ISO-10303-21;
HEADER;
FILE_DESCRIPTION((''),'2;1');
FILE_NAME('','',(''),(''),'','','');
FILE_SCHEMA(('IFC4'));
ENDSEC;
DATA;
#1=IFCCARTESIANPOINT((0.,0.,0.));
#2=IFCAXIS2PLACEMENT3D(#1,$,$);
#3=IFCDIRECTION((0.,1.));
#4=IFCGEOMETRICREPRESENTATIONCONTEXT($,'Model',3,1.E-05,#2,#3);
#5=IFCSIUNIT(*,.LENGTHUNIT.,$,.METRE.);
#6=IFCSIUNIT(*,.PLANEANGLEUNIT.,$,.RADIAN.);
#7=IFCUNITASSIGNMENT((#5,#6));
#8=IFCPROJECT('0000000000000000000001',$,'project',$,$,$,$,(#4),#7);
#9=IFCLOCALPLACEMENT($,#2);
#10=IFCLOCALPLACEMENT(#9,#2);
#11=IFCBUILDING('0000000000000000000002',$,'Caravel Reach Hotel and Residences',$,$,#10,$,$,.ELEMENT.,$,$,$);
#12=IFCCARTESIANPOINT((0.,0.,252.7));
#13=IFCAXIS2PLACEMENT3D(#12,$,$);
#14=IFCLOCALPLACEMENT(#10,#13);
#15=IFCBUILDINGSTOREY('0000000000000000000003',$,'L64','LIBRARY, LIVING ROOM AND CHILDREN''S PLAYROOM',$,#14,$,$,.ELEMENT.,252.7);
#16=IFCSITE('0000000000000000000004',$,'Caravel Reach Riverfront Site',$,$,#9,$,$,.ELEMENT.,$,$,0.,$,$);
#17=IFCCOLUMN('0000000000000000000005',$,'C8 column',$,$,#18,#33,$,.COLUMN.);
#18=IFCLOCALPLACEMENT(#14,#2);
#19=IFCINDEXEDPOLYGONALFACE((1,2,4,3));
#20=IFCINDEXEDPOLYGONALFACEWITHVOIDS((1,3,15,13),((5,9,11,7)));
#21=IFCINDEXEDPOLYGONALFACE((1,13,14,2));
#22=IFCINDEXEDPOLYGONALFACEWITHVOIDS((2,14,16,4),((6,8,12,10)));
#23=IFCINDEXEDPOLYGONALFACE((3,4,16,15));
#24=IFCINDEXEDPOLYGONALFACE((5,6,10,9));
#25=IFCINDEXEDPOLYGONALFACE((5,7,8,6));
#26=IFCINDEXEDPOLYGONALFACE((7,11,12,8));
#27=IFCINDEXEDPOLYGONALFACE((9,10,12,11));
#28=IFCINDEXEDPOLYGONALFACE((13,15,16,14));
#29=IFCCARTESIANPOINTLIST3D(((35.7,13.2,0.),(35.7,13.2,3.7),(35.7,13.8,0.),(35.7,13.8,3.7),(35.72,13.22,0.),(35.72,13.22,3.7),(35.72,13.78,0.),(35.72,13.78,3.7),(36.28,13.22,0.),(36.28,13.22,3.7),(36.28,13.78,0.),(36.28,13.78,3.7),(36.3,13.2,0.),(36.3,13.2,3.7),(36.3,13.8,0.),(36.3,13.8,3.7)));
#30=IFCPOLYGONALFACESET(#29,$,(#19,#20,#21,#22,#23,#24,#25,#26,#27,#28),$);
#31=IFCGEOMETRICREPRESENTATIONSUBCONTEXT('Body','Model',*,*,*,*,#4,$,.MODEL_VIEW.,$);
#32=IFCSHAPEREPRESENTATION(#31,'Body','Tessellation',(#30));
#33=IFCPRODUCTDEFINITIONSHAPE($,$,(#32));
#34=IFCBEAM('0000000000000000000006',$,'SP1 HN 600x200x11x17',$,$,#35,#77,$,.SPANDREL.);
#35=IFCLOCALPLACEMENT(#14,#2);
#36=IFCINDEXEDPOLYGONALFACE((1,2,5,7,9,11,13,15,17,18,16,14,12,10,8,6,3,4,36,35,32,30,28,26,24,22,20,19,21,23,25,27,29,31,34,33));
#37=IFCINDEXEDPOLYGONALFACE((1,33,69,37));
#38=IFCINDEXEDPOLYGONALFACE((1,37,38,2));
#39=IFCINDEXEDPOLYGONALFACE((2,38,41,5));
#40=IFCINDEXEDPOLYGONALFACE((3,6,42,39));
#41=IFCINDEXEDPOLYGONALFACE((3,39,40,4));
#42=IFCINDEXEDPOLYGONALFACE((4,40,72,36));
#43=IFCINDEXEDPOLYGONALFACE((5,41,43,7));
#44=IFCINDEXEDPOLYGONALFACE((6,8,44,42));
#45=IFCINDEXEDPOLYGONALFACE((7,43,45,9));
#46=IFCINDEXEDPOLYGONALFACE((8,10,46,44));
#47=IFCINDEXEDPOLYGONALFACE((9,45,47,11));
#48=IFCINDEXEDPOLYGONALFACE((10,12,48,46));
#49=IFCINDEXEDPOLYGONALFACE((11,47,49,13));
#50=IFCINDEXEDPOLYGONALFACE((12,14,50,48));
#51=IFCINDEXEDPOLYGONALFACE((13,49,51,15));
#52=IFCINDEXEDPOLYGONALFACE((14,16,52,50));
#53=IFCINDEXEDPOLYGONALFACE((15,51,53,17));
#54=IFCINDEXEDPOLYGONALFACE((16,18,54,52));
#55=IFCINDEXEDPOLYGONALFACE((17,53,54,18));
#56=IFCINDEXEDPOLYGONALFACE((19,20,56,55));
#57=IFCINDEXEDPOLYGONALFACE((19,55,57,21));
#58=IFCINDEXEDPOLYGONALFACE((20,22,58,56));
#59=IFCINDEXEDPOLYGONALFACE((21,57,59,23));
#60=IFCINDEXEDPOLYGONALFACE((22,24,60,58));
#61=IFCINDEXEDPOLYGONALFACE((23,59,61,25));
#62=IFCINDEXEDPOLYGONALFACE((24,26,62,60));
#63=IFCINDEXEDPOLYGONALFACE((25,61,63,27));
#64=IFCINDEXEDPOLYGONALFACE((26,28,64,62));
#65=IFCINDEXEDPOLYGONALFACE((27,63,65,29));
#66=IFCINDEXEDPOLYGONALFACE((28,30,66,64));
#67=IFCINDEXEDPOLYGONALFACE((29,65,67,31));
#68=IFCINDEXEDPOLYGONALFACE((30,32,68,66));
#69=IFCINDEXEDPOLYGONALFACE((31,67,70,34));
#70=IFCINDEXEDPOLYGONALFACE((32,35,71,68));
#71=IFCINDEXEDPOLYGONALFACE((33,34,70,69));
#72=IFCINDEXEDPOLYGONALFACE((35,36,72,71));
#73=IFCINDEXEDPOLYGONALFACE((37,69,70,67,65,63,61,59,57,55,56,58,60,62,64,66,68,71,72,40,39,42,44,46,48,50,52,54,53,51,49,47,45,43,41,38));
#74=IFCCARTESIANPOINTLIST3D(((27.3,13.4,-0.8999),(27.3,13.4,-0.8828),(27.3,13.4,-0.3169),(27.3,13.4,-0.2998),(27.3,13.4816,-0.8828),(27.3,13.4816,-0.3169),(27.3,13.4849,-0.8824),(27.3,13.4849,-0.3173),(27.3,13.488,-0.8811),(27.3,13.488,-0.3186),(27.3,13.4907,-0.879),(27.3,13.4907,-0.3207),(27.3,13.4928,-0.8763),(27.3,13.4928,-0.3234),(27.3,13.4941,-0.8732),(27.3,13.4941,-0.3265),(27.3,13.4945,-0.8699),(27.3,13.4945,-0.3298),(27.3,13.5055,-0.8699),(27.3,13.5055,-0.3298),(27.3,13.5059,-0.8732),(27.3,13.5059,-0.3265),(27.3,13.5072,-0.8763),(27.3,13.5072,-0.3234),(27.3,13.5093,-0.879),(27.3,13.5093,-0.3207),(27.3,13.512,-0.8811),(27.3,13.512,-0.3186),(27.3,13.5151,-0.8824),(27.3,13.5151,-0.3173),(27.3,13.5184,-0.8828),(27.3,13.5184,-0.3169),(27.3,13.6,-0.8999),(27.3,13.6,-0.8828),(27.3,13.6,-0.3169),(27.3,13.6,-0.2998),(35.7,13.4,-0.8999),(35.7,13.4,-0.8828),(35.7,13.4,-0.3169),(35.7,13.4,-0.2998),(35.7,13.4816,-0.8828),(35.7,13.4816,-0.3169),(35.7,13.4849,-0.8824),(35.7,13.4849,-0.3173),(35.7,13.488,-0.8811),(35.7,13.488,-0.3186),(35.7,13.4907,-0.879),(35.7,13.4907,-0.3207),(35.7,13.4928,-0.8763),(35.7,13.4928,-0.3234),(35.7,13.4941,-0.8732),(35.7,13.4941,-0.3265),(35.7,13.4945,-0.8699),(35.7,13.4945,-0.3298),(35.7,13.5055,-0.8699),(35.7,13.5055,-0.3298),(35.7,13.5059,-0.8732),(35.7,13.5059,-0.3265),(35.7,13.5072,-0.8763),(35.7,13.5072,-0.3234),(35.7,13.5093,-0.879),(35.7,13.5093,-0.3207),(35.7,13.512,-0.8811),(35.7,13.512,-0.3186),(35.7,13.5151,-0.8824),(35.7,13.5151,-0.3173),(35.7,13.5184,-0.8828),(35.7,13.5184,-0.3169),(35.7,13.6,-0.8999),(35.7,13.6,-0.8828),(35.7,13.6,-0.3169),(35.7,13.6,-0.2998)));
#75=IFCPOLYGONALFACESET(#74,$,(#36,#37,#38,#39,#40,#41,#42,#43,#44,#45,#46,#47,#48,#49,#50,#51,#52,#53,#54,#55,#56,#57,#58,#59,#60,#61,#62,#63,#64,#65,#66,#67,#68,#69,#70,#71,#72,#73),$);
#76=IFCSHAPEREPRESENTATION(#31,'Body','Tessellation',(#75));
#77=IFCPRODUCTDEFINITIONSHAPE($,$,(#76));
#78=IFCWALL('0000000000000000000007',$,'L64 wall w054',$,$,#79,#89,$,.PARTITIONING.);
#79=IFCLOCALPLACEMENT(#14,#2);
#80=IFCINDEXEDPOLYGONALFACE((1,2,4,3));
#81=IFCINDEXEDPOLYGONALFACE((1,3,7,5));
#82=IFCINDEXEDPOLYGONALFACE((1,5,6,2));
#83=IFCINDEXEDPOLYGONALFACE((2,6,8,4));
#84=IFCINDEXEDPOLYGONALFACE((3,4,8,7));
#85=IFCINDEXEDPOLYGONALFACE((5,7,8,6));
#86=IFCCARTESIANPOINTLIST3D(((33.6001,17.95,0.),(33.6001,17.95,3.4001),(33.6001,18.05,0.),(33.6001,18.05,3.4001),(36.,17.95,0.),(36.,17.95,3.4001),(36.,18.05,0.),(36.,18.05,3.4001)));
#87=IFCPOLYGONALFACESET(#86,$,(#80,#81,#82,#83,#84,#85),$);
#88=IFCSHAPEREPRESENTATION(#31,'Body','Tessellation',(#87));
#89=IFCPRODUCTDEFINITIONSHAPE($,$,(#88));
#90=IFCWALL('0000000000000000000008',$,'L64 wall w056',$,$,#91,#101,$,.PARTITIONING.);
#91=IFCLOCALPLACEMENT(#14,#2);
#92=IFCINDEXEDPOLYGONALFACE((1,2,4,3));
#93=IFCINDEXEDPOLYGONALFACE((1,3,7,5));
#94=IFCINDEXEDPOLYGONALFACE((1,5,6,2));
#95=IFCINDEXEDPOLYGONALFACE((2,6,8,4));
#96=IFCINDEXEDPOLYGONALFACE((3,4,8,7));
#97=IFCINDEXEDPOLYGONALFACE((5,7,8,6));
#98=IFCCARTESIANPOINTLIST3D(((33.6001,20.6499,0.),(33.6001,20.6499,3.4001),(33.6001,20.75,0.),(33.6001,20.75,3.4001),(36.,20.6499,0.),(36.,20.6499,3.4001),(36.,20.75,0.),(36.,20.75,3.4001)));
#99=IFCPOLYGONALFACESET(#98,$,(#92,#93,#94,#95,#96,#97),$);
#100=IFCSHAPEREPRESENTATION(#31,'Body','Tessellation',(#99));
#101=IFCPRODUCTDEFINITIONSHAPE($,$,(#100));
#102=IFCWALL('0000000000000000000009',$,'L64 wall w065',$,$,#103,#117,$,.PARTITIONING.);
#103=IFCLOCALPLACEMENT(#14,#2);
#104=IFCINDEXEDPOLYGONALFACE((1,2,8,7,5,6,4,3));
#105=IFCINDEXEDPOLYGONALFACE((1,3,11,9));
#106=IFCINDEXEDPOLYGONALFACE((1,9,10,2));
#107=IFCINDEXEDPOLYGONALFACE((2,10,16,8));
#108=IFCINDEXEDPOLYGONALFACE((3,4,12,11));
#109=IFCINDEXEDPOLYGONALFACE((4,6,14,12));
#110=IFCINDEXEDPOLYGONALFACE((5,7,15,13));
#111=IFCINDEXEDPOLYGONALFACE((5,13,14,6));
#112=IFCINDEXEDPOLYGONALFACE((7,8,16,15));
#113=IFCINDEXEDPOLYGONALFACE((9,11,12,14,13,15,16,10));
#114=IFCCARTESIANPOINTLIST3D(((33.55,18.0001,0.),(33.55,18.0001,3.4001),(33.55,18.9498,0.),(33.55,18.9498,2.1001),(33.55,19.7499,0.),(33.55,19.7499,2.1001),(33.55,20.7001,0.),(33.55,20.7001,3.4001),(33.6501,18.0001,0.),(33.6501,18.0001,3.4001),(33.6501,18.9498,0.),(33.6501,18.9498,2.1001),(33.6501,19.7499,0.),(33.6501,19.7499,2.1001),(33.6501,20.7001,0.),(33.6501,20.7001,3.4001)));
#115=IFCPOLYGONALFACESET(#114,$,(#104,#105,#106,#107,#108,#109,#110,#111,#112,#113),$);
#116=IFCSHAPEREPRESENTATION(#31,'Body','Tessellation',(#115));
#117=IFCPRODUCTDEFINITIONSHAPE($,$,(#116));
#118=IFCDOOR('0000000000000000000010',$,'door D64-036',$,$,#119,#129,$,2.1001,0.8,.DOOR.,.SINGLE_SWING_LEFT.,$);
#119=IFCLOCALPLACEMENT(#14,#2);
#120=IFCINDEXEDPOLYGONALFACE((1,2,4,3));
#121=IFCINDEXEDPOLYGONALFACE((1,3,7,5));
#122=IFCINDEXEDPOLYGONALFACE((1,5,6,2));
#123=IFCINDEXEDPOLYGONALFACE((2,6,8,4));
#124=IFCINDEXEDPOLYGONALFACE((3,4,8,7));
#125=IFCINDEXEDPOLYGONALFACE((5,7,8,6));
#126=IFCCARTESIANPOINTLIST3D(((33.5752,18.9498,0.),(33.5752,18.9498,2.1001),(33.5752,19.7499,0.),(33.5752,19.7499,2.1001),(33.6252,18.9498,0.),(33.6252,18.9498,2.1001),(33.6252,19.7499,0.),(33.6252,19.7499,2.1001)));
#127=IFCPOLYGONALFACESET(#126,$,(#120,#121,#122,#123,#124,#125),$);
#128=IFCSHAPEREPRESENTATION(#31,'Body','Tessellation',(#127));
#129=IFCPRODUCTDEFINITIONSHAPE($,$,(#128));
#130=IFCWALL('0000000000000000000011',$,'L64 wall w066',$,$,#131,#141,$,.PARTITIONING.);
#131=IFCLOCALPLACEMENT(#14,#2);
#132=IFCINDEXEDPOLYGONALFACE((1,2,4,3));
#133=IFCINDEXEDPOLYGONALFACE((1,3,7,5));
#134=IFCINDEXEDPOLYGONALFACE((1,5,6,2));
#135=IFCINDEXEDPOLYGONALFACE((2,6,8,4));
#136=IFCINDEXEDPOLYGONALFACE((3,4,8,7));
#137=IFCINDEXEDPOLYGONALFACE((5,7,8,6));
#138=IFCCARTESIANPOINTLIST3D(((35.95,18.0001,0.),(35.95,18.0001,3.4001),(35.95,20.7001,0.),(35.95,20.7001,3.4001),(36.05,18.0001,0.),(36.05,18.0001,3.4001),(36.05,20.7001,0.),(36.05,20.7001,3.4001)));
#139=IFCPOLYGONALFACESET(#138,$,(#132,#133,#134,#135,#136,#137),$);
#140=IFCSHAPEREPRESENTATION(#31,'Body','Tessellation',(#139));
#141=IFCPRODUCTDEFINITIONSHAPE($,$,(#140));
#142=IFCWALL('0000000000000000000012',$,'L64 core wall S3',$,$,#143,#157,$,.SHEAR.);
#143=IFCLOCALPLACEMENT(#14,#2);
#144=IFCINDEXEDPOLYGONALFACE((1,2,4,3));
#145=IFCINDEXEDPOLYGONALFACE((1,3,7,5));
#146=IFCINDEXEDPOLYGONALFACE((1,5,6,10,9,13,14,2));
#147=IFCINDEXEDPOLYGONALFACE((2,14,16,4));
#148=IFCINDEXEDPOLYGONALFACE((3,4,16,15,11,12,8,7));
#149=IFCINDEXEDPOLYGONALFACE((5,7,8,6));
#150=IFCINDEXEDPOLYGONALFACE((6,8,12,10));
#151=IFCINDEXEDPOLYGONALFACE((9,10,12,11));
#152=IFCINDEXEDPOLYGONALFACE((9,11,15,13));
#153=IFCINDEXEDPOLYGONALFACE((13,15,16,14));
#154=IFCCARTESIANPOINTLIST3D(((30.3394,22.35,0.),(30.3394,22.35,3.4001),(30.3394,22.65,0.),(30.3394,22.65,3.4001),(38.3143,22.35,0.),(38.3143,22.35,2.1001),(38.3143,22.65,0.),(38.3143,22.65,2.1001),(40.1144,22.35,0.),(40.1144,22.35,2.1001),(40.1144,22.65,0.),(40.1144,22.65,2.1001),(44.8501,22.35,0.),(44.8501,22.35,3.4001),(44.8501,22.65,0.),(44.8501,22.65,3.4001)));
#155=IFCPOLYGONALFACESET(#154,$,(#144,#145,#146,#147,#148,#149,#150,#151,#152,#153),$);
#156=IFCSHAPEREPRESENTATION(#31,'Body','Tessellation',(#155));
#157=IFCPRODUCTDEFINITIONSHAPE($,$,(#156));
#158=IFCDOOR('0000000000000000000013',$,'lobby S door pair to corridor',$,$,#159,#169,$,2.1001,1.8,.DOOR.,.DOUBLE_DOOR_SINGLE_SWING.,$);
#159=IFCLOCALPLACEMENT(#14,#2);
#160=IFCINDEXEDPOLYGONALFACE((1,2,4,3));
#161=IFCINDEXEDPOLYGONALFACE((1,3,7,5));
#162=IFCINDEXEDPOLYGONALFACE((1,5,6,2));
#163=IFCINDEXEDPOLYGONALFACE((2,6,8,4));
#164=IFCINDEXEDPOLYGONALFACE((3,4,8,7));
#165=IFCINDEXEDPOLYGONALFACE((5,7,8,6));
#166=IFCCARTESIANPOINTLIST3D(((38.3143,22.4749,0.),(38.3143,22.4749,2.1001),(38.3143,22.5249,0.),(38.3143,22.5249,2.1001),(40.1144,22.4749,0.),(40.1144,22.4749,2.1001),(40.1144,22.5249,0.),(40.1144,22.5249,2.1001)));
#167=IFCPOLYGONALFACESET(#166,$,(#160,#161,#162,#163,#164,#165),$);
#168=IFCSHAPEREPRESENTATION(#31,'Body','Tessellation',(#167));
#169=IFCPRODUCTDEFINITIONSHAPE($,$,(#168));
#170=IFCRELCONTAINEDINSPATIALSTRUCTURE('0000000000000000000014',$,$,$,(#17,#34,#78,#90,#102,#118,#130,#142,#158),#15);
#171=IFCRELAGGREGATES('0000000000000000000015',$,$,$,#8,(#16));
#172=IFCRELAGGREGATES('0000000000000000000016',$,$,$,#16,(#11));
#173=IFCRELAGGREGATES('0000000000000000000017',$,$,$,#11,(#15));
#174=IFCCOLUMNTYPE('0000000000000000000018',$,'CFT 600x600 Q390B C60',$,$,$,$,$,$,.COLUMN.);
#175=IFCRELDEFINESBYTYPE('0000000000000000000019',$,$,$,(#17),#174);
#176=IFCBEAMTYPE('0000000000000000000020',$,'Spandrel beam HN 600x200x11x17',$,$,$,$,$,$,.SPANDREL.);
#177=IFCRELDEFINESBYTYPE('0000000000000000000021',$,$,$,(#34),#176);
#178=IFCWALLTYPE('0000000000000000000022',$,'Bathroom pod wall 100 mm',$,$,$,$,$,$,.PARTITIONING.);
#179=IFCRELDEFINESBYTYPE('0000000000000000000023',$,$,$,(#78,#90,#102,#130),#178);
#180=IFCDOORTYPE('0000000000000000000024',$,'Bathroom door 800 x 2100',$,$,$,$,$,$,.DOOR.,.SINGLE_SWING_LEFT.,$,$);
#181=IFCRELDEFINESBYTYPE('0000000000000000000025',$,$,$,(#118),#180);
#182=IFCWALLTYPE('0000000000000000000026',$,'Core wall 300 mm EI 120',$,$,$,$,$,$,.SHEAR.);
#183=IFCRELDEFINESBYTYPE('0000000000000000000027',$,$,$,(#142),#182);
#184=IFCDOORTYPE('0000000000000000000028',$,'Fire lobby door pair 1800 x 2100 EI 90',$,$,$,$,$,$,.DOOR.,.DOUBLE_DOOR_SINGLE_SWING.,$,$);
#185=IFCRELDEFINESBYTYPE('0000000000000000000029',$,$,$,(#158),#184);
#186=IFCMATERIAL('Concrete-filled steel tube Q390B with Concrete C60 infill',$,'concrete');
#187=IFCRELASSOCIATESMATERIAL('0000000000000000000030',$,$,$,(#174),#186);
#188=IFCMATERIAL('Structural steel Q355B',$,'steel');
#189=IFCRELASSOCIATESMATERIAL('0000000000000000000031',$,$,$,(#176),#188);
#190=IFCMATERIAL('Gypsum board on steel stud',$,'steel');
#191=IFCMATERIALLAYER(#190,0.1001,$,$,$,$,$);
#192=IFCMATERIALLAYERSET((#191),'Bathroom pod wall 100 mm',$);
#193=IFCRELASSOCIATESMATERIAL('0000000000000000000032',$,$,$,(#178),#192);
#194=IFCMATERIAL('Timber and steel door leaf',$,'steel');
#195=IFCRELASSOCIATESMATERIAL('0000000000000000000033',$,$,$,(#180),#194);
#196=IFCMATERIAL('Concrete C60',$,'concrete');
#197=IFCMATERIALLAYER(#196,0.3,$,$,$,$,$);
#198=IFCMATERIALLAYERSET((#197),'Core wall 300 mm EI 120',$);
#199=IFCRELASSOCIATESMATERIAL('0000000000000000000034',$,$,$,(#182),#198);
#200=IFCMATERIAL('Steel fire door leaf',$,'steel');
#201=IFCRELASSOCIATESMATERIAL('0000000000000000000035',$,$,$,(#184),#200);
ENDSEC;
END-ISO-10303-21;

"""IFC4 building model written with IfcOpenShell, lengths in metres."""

from ifc_helpers import new_model, si_unit, direction, frame, frame_2d, origin, origin_2d, place, context, subcontext, project, spatial, rectangle, hollow_rectangle, i_section, extrude, material, layer, layer_set, material_profile, profile_set, type_object, element, fill, save


model = new_model("IFC4")

# Units and contexts
model_context = context("Model", 3, precision=1e-05, world=origin(), true_north=direction((0.0, 1.0)))
body_context = subcontext(model_context, "Body", "Model", "MODEL_VIEW")
ifc_project = project(units=[si_unit("LENGTHUNIT", "METRE"), si_unit("PLANEANGLEUNIT", "RADIAN")], contexts=[model_context])

# Site, building, storey
site_placement = place(None, origin())
site = spatial("IfcSite", under=ifc_project, at=site_placement, Name="Caravel Reach Riverfront Site", CompositionType="ELEMENT", RefElevation=0.0)
building_placement = place(site_placement, origin())
building = spatial("IfcBuilding", under=site, at=building_placement, Name="Caravel Reach Hotel and Residences", CompositionType="ELEMENT")
storey_placement = place(building_placement, frame((0.0, 0.0, 252.7)))
storey = spatial("IfcBuildingStorey", under=building, at=storey_placement, Name="L64", Description="LIBRARY, LIVING ROOM AND CHILDREN'S PLAYROOM", CompositionType="ELEMENT", Elevation=252.7)

# Column
ifc_material_1 = material(Name="Concrete-filled steel tube Q390B with Concrete C60 infill", Category="concrete")
ifc_material_profile_1 = material_profile(ifc_material_1, hollow_rectangle(XDim=0.6001, YDim=0.6001, WallThickness=0.02, at=origin_2d()), Name="RHS 600x600x20")
ifc_profile_set_1 = profile_set([ifc_material_profile_1], Name="Concrete-filled steel tube Q390B with Concrete C60 infill")
column_type = type_object("IfcColumnType", Name="CFT 600x600 Q390B C60", PredefinedType="COLUMN", material=ifc_profile_set_1)
column_placement = place(storey_placement, frame((36.0, 13.5, 0.0), z_axis=(0.0, 0.0, 1.0), x_axis=(1.0, 0.0, 0.0)))
element("IfcColumn", 1, at=column_placement, inside=storey, type_object=column_type, Name="C8 column", PredefinedType="COLUMN", context=body_context, shape_type="SweptSolid", body=[
    extrude(hollow_rectangle(XDim=0.6001, YDim=0.6001, WallThickness=0.02, at=origin_2d()), origin(), (0.0, 0.0, 1.0), 3.7),
])

# Beam
ifc_material_2 = material(Name="Structural steel Q355B", Category="steel")
ifc_material_profile_2 = material_profile(ifc_material_2, i_section(OverallWidth=0.2, OverallDepth=0.6001, WebThickness=0.011, FlangeThickness=0.0171, FilletRadius=0.0129, at=origin_2d()), Name="HN 600x200x11x17")
ifc_profile_set_2 = profile_set([ifc_material_profile_2], Name="Structural steel Q355B")
beam_type = type_object("IfcBeamType", Name="Spandrel beam HN 600x200x11x17", PredefinedType="SPANDREL", material=ifc_profile_set_2)
beam_placement = place(storey_placement, frame((27.3, 13.5, -0.5999), z_axis=(1.0, 0.0, 0.0), x_axis=(0.0, 1.0, 0.0)))
element("IfcBeam", 2, at=beam_placement, inside=storey, type_object=beam_type, Name="SP1 HN 600x200x11x17", PredefinedType="SPANDREL", context=body_context, shape_type="SweptSolid", body=[
    extrude(i_section(OverallWidth=0.2, OverallDepth=0.6001, WebThickness=0.011, FlangeThickness=0.0171, FilletRadius=0.0129, at=origin_2d()), origin(), (0.0, 0.0, 1.0), 8.3999),
])

# Walls
ifc_material_3 = material(Name="Gypsum board on steel stud", Category="steel")
ifc_layer_1 = layer(ifc_material_3, 0.1001)
ifc_layer_set_1 = layer_set([ifc_layer_1], Name="Bathroom pod wall 100 mm")
wall_type_1 = type_object("IfcWallType", Name="Bathroom pod wall 100 mm", PredefinedType="PARTITIONING", material=ifc_layer_set_1)
for number, where, z_axis, x_axis, name in (
    (3, (33.6001, 18.0, 0.0), (0.0, 0.0, 1.0), (1.0, 0.0, 0.0), "L64 wall w054"),
    (4, (33.6001, 20.7, 0.0), (0.0, 0.0, 1.0), (1.0, 0.0, 0.0), "L64 wall w056"),
):
    element("IfcWall", number, at=place(storey_placement, frame(where, z_axis=z_axis, x_axis=x_axis)), inside=storey, type_object=wall_type_1, Name=name, PredefinedType="PARTITIONING", context=body_context, shape_type="SweptSolid", body=[
        extrude(rectangle(XDim=2.3999, YDim=0.1001, at=frame_2d((1.2, 0.0))), origin(), (0.0, 0.0, 1.0), 3.4001),
    ])

# Wall, opening, door
wall_1_placement = place(storey_placement, frame((33.6001, 18.0, 0.0), z_axis=(0.0, 0.0, 1.0), x_axis=(0.0, 1.0, 0.0)))
wall_1 = element("IfcWall", 5, at=wall_1_placement, inside=storey, type_object=wall_type_1, Name="L64 wall w065", PredefinedType="PARTITIONING", context=body_context, shape_type="SweptSolid", body=[
    extrude(rectangle(XDim=2.7, YDim=0.1001, at=frame_2d((1.3501, 0.0))), origin(), (0.0, 0.0, 1.0), 3.4001),
])
opening_1_placement = place(wall_1_placement, frame((0.95, 0.0, 0.0)))
opening_1 = element("IfcOpeningElement", 6, at=opening_1_placement, cuts=wall_1, PredefinedType="OPENING", context=body_context, shape_type="SweptSolid", body=[
    extrude(rectangle(XDim=0.8, YDim=2.1001, at=frame_2d((0.3999, 1.05))), frame((0.0, 0.0601, 0.0), z_axis=(0.0, -1.0, 0.0), x_axis=(1.0, 0.0, 0.0)), (0.0, 0.0, 1.0), 0.1201),
])
ifc_material_4 = material(Name="Timber and steel door leaf", Category="steel")
door_type_1 = type_object("IfcDoorType", Name="Bathroom door 800 x 2100", OperationType="SINGLE_SWING_LEFT", PredefinedType="DOOR", material=ifc_material_4)
door_1_placement = place(opening_1_placement, origin())
door_1 = element("IfcDoor", 7, at=door_1_placement, inside=storey, type_object=door_type_1, Name="door D64-036", OperationType="SINGLE_SWING_LEFT", OverallHeight=2.1001, OverallWidth=0.8, PredefinedType="DOOR", context=body_context, shape_type="SweptSolid", body=[
    extrude(rectangle(XDim=0.8, YDim=2.1001, at=frame_2d((0.3999, 1.05))), frame((0.0, 0.0249, 0.0), z_axis=(0.0, -1.0, 0.0), x_axis=(1.0, 0.0, 0.0)), (0.0, 0.0, 1.0), 0.05),
])
fill(opening_1, door_1)

# Wall
wall_2_placement = place(storey_placement, frame((36.0, 18.0, 0.0), z_axis=(0.0, 0.0, 1.0), x_axis=(0.0, 1.0, 0.0)))
element("IfcWall", 8, at=wall_2_placement, inside=storey, type_object=wall_type_1, Name="L64 wall w066", PredefinedType="PARTITIONING", context=body_context, shape_type="SweptSolid", body=[
    extrude(rectangle(XDim=2.7, YDim=0.1001, at=frame_2d((1.3501, 0.0))), origin(), (0.0, 0.0, 1.0), 3.4001),
])

# Wall, opening, door
ifc_material_5 = material(Name="Concrete C60", Category="concrete")
ifc_layer_2 = layer(ifc_material_5, 0.3)
ifc_layer_set_2 = layer_set([ifc_layer_2], Name="Core wall 300 mm EI 120")
wall_type_2 = type_object("IfcWallType", Name="Core wall 300 mm EI 120", PredefinedType="SHEAR", material=ifc_layer_set_2)
wall_3_placement = place(storey_placement, frame((30.3394, 22.5, 0.0), z_axis=(0.0, 0.0, 1.0), x_axis=(1.0, 0.0, 0.0)))
wall_3 = element("IfcWall", 9, at=wall_3_placement, inside=storey, type_object=wall_type_2, Name="L64 core wall S3", PredefinedType="SHEAR", context=body_context, shape_type="SweptSolid", body=[
    extrude(rectangle(XDim=14.5107, YDim=0.3, at=frame_2d((7.2554, 0.0))), origin(), (0.0, 0.0, 1.0), 3.4001),
])
opening_2_placement = place(wall_3_placement, frame((7.9751, 0.0, 0.0)))
opening_2 = element("IfcOpeningElement", 10, at=opening_2_placement, cuts=wall_3, PredefinedType="OPENING", context=body_context, shape_type="SweptSolid", body=[
    extrude(rectangle(XDim=1.8, YDim=2.1001, at=frame_2d((0.8999, 1.05))), frame((0.0, 0.1599, 0.0), z_axis=(0.0, -1.0, 0.0), x_axis=(1.0, 0.0, 0.0)), (0.0, 0.0, 1.0), 0.3201),
])
ifc_material_6 = material(Name="Steel fire door leaf", Category="steel")
door_type_2 = type_object("IfcDoorType", Name="Fire lobby door pair 1800 x 2100 EI 90", OperationType="DOUBLE_DOOR_SINGLE_SWING", PredefinedType="DOOR", material=ifc_material_6)
door_2_placement = place(opening_2_placement, origin())
door_2 = element("IfcDoor", 11, at=door_2_placement, inside=storey, type_object=door_type_2, Name="lobby S door pair to corridor", OperationType="DOUBLE_DOOR_SINGLE_SWING", OverallHeight=2.1001, OverallWidth=1.8, PredefinedType="DOOR", context=body_context, shape_type="SweptSolid", body=[
    extrude(rectangle(XDim=1.8, YDim=2.1001, at=frame_2d((0.8999, 1.05))), frame((0.0, 0.0249, 0.0), z_axis=(0.0, -1.0, 0.0), x_axis=(1.0, 0.0, 0.0)), (0.0, 0.0, 1.0), 0.05),
])
fill(opening_2, door_2)

save(model, "model.ifc")
